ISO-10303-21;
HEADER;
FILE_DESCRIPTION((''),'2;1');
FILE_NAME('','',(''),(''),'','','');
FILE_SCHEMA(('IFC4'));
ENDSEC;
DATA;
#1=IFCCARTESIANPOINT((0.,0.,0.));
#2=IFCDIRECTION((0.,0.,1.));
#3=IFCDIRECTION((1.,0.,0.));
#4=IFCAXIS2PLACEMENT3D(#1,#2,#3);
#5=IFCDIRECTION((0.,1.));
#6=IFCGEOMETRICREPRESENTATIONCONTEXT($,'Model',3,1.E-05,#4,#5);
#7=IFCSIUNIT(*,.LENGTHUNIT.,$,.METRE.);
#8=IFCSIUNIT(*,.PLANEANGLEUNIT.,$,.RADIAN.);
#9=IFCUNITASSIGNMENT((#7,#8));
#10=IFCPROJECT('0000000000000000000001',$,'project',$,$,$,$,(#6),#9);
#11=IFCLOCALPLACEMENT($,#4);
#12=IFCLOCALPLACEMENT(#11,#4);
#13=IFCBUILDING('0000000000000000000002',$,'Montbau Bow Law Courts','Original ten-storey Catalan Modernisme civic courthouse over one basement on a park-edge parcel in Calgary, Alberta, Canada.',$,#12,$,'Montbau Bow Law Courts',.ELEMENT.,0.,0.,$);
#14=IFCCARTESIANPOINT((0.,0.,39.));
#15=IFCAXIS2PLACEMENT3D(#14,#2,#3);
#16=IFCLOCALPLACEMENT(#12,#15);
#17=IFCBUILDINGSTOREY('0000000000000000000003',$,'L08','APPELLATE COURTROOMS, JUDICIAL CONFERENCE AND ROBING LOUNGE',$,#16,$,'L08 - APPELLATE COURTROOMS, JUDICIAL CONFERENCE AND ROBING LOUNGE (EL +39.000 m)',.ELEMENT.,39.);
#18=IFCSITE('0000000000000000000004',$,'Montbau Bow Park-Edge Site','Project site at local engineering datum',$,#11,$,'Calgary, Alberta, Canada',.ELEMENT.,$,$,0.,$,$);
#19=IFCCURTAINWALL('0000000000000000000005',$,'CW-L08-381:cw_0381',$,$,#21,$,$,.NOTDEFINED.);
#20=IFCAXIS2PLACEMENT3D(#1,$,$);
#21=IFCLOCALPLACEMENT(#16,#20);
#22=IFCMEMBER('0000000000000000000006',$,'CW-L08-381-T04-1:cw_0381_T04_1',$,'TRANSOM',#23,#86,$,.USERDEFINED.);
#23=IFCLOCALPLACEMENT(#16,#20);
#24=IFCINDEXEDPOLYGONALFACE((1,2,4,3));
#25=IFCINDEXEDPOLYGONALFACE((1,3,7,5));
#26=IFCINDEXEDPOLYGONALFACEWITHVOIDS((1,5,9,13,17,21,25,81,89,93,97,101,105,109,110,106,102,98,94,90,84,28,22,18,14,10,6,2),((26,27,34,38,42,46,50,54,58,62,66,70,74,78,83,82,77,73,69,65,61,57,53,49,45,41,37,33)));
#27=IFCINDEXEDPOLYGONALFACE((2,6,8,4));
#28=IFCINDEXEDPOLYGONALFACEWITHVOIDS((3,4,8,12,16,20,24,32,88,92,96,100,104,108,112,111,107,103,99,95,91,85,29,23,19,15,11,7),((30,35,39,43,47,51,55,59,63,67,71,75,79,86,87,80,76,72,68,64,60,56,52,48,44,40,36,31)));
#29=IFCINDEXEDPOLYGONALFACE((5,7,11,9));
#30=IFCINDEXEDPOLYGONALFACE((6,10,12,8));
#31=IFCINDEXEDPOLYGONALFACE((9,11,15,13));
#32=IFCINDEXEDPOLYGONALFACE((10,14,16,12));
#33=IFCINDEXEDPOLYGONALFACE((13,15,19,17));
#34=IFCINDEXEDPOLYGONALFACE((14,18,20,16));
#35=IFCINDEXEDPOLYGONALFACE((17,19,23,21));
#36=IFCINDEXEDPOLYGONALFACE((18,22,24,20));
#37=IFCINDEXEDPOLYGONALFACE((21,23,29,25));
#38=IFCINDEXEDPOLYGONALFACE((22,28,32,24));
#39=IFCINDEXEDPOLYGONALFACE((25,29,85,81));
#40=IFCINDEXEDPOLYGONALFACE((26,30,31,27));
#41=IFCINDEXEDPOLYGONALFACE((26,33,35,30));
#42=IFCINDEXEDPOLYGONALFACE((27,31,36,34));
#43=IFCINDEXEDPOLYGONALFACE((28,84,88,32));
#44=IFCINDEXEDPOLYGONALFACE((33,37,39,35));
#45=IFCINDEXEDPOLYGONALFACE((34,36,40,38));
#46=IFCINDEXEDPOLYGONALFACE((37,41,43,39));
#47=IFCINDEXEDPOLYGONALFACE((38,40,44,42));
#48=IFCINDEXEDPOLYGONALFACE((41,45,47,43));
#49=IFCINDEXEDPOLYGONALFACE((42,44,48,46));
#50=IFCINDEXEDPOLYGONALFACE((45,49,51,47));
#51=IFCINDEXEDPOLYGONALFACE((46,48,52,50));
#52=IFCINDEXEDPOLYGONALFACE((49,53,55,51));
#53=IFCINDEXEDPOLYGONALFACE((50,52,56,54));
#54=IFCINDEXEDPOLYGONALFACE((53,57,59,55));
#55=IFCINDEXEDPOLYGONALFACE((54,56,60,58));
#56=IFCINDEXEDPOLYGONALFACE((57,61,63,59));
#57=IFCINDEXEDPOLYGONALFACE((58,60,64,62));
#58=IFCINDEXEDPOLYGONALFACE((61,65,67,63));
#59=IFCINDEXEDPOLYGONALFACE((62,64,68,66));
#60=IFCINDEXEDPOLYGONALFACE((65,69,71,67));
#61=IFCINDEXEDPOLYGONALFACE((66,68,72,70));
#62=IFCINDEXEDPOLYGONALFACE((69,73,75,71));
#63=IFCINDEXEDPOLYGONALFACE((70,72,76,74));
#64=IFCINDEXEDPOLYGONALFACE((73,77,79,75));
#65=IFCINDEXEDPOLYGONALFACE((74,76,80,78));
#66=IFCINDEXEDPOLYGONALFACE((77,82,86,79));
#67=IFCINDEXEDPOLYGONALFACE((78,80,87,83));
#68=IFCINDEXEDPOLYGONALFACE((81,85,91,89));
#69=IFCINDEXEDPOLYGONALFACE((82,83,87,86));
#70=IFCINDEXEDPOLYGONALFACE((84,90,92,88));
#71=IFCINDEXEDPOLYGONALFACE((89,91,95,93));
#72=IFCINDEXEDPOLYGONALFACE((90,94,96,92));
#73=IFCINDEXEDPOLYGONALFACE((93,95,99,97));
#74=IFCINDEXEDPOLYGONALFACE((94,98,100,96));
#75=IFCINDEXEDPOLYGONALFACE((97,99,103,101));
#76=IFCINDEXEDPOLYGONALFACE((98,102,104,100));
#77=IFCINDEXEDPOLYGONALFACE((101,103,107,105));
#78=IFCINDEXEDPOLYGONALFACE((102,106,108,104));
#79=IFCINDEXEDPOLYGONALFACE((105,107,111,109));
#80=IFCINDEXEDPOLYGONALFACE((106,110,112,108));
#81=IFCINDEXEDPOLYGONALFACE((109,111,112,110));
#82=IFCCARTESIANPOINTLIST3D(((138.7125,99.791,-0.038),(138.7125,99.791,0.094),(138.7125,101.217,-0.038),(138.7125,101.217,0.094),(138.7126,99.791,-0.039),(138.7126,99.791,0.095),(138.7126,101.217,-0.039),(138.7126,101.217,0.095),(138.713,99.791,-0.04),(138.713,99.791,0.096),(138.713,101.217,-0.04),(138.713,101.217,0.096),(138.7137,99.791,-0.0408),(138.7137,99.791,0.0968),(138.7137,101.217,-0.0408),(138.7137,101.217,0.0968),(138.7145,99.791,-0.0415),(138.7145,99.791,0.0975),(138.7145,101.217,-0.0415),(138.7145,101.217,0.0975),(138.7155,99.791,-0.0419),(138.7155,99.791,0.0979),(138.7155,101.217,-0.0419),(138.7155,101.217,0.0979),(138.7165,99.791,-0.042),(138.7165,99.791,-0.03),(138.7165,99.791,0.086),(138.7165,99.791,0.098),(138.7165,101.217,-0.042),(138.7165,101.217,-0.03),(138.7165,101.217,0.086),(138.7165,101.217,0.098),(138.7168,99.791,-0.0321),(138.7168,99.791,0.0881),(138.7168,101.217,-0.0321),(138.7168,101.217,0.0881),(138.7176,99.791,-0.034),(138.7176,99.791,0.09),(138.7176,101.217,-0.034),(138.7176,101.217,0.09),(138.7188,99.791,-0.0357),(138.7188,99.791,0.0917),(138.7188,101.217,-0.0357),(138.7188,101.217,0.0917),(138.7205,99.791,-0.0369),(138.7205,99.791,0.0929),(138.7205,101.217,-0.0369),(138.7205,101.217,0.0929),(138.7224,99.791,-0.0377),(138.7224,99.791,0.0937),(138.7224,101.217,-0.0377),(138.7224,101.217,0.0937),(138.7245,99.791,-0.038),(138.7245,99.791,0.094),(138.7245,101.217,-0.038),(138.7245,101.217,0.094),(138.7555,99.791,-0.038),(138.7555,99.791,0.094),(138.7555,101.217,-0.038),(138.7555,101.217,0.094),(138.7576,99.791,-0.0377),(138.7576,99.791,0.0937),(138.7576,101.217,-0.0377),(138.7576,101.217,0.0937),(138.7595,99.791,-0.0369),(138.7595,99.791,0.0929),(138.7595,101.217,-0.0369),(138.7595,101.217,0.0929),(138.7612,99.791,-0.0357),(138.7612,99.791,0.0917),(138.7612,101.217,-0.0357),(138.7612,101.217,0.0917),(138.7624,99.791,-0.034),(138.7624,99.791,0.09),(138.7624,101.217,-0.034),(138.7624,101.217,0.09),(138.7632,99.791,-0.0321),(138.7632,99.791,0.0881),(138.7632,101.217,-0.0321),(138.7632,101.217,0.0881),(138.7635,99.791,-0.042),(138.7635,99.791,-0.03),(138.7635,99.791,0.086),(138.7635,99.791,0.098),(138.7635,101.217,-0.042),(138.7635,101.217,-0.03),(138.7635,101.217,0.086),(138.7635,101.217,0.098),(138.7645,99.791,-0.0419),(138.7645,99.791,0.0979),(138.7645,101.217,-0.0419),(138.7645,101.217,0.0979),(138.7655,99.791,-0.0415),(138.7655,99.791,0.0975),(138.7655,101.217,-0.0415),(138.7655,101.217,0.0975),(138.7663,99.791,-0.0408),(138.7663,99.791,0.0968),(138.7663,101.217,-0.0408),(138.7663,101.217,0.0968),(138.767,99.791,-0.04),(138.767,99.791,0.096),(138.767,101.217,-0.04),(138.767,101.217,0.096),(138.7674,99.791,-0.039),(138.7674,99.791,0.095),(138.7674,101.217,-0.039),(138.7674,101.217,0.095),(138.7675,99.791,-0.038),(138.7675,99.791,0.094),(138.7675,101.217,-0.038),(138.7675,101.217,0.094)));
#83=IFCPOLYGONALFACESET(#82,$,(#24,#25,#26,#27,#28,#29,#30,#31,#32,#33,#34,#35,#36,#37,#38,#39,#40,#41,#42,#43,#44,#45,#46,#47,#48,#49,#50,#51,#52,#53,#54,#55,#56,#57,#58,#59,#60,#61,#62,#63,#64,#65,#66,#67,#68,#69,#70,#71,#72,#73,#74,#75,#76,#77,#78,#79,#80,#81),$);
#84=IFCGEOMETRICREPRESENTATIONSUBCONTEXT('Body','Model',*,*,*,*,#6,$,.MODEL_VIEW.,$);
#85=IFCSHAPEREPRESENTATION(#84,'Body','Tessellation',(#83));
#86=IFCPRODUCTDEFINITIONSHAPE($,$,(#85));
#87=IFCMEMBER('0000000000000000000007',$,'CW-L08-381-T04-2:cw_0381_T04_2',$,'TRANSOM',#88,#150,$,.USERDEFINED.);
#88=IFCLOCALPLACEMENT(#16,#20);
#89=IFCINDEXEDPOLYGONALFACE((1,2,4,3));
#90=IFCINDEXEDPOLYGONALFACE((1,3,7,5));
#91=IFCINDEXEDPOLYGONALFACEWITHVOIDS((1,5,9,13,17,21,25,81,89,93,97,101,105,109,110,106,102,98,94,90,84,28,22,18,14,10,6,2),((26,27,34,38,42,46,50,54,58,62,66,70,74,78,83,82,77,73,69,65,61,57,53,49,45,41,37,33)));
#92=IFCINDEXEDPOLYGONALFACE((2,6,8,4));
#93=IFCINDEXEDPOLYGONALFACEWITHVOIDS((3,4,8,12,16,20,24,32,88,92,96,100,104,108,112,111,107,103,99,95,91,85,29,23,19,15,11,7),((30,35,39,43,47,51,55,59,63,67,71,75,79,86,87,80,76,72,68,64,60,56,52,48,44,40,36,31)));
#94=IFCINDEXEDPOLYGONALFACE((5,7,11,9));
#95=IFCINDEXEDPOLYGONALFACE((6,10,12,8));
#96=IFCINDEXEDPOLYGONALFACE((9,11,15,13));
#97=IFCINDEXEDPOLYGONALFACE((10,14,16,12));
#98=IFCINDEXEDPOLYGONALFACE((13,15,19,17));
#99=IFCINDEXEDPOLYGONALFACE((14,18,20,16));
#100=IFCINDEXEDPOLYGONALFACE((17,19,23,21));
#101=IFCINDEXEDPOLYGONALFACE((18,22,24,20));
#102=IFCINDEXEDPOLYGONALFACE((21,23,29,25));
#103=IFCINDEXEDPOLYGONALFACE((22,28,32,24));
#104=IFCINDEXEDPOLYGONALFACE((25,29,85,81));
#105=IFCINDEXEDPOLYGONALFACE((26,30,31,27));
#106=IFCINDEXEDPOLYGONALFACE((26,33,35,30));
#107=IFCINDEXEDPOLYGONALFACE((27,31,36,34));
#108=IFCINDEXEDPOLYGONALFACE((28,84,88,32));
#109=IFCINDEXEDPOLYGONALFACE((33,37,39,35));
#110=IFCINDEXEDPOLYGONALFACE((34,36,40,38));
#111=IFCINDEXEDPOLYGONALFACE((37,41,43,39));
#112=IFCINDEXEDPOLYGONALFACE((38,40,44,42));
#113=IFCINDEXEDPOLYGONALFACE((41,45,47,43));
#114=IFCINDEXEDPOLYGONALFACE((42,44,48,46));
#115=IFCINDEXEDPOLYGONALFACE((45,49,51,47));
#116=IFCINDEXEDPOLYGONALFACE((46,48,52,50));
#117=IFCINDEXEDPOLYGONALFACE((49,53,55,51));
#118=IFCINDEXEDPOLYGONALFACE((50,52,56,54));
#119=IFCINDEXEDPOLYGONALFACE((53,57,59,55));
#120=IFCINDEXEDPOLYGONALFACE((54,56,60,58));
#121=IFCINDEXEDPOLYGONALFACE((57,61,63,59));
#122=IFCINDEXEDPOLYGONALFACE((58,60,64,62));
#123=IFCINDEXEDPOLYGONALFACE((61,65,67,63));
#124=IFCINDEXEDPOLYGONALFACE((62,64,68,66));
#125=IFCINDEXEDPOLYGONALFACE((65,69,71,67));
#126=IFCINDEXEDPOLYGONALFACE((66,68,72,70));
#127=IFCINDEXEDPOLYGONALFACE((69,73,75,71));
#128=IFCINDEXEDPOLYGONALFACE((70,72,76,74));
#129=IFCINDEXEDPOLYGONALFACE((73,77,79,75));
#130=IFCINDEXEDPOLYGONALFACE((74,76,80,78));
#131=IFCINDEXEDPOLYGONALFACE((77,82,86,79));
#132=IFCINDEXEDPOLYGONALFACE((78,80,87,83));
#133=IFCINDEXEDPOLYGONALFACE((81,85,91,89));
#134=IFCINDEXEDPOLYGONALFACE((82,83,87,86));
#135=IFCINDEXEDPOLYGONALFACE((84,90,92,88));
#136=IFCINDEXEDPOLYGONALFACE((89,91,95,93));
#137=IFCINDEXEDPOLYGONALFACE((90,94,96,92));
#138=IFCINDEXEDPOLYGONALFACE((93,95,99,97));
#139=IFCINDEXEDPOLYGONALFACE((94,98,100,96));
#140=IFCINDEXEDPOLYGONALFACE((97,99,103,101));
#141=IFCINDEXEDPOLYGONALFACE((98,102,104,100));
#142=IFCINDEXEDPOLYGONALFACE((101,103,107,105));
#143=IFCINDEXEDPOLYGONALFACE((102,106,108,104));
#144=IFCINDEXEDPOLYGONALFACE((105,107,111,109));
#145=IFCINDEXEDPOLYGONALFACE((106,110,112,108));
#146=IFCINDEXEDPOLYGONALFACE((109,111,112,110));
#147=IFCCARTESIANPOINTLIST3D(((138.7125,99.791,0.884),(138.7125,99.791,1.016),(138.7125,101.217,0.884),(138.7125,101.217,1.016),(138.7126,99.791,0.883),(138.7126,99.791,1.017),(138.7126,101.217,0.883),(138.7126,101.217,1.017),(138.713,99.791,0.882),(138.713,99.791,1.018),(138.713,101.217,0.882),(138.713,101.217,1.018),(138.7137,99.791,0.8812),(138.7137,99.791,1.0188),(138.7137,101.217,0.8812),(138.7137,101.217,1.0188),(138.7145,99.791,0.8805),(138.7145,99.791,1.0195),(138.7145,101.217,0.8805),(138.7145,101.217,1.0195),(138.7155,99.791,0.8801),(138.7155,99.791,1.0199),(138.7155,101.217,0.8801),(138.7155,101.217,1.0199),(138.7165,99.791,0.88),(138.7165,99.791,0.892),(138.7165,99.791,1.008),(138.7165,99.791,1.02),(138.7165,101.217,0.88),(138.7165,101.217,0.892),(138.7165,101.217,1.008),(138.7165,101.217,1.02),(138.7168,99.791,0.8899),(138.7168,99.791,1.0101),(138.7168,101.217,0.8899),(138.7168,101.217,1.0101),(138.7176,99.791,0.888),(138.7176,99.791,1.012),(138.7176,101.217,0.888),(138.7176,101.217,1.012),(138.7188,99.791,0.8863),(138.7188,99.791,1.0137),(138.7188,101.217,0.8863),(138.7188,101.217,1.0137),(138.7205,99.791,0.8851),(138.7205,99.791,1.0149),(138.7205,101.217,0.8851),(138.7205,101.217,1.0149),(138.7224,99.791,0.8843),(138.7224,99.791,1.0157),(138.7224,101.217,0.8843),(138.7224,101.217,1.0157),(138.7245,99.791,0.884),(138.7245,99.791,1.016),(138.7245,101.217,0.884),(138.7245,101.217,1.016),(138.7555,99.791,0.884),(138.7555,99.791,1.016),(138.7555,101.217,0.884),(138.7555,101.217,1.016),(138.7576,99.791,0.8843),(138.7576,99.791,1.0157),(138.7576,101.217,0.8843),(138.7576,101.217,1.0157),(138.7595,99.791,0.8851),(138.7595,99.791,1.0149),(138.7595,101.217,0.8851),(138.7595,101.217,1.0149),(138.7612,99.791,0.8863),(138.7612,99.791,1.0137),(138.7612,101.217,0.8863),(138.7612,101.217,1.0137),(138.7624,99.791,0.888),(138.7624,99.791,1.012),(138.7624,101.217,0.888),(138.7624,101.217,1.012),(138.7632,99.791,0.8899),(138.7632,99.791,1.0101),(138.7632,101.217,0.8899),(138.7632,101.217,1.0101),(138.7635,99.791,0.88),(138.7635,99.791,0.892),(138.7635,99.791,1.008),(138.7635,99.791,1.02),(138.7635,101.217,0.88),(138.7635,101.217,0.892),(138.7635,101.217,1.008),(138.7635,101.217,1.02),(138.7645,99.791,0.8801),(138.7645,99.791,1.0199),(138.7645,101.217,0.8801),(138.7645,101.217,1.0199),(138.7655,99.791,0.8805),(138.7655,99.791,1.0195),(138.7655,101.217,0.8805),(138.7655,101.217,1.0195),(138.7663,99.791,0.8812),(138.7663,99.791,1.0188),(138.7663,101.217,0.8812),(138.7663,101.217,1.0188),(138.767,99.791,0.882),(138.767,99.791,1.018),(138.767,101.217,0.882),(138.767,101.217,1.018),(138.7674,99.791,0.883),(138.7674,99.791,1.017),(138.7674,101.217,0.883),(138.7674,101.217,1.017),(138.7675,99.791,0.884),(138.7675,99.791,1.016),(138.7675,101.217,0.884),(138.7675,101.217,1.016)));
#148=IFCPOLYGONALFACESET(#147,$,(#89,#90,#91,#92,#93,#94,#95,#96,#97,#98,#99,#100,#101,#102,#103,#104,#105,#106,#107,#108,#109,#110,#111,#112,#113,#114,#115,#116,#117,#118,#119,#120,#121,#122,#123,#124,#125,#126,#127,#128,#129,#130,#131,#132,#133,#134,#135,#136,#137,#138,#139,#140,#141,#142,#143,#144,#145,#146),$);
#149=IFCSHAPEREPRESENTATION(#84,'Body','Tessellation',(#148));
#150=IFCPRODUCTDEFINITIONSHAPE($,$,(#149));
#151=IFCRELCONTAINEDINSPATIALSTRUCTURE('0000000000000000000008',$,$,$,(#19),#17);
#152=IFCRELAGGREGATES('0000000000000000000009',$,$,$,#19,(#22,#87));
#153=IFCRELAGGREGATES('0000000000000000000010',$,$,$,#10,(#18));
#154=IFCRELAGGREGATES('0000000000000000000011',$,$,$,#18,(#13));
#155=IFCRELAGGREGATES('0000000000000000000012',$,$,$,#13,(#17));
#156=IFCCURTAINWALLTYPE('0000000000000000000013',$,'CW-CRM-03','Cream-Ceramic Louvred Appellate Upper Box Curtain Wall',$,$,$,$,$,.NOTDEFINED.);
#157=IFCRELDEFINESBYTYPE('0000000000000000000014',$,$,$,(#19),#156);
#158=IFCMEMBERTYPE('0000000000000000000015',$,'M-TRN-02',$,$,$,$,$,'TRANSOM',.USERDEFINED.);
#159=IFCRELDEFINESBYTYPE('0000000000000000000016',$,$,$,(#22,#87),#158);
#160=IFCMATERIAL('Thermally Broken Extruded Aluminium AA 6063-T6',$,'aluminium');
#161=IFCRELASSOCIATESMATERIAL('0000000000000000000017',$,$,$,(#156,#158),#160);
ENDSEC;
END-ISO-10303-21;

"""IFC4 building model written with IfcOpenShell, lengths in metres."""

from ifc_helpers import new_model, si_unit, direction, frame, origin_with_axes, origin_2d_with_axis, place, context, subcontext, project, spatial, hollow_rectangle, extrude, material, material_profile, profile_set, type_object, element, aggregate, save


model = new_model("IFC4")

# Units and contexts
model_context = context("Model", 3, precision=1e-05, world=origin_with_axes(), true_north=direction((0.0, 1.0)))
body_context = subcontext(model_context, "Body", "Model", "MODEL_VIEW")
ifc_project = project(units=[si_unit("LENGTHUNIT", "METRE"), si_unit("PLANEANGLEUNIT", "RADIAN")], contexts=[model_context])

# Site, building, storey
site_placement = place(None, origin_with_axes())
site = spatial("IfcSite", under=ifc_project, at=site_placement, Name="Montbau Bow Park-Edge Site", Description="Project site at local engineering datum", LongName="Calgary, Alberta, Canada", CompositionType="ELEMENT", RefElevation=0.0)
building_placement = place(site_placement, origin_with_axes())
building = spatial("IfcBuilding", under=site, at=building_placement, Name="Montbau Bow Law Courts", Description="Original ten-storey Catalan Modernisme civic courthouse over one basement on a park-edge parcel in Calgary, Alberta, Canada.", LongName="Montbau Bow Law Courts", CompositionType="ELEMENT", ElevationOfRefHeight=0.0, ElevationOfTerrain=0.0)
storey_placement = place(building_placement, frame((0.0, 0.0, 39.0), z_axis=(0.0, 0.0, 1.0), x_axis=(1.0, 0.0, 0.0)))
storey = spatial("IfcBuildingStorey", under=building, at=storey_placement, Name="L08", Description="APPELLATE COURTROOMS, JUDICIAL CONFERENCE AND ROBING LOUNGE", LongName="L08 - APPELLATE COURTROOMS, JUDICIAL CONFERENCE AND ROBING LOUNGE (EL +39.000 m)", CompositionType="ELEMENT", Elevation=39.0)

# Curtain wall, members
ifc_material_1 = material(Name="Thermally Broken Extruded Aluminium AA 6063-T6", Category="aluminium")
curtain_wall_type = type_object("IfcCurtainWallType", Name="CW-CRM-03", Description="Cream-Ceramic Louvred Appellate Upper Box Curtain Wall", PredefinedType="NOTDEFINED", material=ifc_material_1)
curtain_wall_placement = place(None, frame((138.74, 95.24, 39.0), z_axis=(0.0, 0.0, 1.0), x_axis=(1.0, 0.0, 0.0)))
curtain_wall = element("IfcCurtainWall", 1, at=curtain_wall_placement, inside=storey, type_object=curtain_wall_type, Name="CW-L08-381:cw_0381", PredefinedType="NOTDEFINED")
ifc_material_profile_1 = material_profile(ifc_material_1, hollow_rectangle(XDim=0.055, YDim=0.14, WallThickness=0.004, InnerFilletRadius=0.008, OuterFilletRadius=0.004, at=origin_2d_with_axis()), Name="CWT-140X55", Category="Main", Priority=0)
ifc_profile_set_1 = profile_set([ifc_material_profile_1], Name="Thermally Broken Extruded Aluminium AA 6063-T6")
member_type_1 = type_object("IfcMemberType", Name="M-TRN-02", ElementType="TRANSOM", PredefinedType="USERDEFINED", material=ifc_profile_set_1)
member_1_placement = place(None, frame((138.74, 99.791, 39.028), z_axis=(0.0, 1.0, 0.0), x_axis=(-1.0, 0.0, 0.0)))
member_1 = element("IfcMember", 2, at=member_1_placement, type_object=member_type_1, Name="CW-L08-381-T04-1:cw_0381_T04_1", ObjectType="TRANSOM", PredefinedType="USERDEFINED", context=body_context, shape_type="SweptSolid", body=[
    extrude(hollow_rectangle(XDim=0.055, YDim=0.14, WallThickness=0.004, InnerFilletRadius=0.008, OuterFilletRadius=0.004, at=origin_2d_with_axis()), origin_with_axes(), (0.0, 0.0, 1.0), 1.426),
])
member_2_placement = place(None, frame((138.74, 99.791, 39.95), z_axis=(0.0, 1.0, 0.0), x_axis=(-1.0, 0.0, 0.0)))
member_2 = element("IfcMember", 3, at=member_2_placement, type_object=member_type_1, Name="CW-L08-381-T04-2:cw_0381_T04_2", ObjectType="TRANSOM", PredefinedType="USERDEFINED", context=body_context, shape_type="SweptSolid", body=[
    extrude(hollow_rectangle(XDim=0.055, YDim=0.14, WallThickness=0.004, InnerFilletRadius=0.008, OuterFilletRadius=0.004, at=origin_2d_with_axis()), origin_with_axes(), (0.0, 0.0, 1.0), 1.426),
])
aggregate(curtain_wall, [member_1, member_2])

save(model, "model.ifc")
